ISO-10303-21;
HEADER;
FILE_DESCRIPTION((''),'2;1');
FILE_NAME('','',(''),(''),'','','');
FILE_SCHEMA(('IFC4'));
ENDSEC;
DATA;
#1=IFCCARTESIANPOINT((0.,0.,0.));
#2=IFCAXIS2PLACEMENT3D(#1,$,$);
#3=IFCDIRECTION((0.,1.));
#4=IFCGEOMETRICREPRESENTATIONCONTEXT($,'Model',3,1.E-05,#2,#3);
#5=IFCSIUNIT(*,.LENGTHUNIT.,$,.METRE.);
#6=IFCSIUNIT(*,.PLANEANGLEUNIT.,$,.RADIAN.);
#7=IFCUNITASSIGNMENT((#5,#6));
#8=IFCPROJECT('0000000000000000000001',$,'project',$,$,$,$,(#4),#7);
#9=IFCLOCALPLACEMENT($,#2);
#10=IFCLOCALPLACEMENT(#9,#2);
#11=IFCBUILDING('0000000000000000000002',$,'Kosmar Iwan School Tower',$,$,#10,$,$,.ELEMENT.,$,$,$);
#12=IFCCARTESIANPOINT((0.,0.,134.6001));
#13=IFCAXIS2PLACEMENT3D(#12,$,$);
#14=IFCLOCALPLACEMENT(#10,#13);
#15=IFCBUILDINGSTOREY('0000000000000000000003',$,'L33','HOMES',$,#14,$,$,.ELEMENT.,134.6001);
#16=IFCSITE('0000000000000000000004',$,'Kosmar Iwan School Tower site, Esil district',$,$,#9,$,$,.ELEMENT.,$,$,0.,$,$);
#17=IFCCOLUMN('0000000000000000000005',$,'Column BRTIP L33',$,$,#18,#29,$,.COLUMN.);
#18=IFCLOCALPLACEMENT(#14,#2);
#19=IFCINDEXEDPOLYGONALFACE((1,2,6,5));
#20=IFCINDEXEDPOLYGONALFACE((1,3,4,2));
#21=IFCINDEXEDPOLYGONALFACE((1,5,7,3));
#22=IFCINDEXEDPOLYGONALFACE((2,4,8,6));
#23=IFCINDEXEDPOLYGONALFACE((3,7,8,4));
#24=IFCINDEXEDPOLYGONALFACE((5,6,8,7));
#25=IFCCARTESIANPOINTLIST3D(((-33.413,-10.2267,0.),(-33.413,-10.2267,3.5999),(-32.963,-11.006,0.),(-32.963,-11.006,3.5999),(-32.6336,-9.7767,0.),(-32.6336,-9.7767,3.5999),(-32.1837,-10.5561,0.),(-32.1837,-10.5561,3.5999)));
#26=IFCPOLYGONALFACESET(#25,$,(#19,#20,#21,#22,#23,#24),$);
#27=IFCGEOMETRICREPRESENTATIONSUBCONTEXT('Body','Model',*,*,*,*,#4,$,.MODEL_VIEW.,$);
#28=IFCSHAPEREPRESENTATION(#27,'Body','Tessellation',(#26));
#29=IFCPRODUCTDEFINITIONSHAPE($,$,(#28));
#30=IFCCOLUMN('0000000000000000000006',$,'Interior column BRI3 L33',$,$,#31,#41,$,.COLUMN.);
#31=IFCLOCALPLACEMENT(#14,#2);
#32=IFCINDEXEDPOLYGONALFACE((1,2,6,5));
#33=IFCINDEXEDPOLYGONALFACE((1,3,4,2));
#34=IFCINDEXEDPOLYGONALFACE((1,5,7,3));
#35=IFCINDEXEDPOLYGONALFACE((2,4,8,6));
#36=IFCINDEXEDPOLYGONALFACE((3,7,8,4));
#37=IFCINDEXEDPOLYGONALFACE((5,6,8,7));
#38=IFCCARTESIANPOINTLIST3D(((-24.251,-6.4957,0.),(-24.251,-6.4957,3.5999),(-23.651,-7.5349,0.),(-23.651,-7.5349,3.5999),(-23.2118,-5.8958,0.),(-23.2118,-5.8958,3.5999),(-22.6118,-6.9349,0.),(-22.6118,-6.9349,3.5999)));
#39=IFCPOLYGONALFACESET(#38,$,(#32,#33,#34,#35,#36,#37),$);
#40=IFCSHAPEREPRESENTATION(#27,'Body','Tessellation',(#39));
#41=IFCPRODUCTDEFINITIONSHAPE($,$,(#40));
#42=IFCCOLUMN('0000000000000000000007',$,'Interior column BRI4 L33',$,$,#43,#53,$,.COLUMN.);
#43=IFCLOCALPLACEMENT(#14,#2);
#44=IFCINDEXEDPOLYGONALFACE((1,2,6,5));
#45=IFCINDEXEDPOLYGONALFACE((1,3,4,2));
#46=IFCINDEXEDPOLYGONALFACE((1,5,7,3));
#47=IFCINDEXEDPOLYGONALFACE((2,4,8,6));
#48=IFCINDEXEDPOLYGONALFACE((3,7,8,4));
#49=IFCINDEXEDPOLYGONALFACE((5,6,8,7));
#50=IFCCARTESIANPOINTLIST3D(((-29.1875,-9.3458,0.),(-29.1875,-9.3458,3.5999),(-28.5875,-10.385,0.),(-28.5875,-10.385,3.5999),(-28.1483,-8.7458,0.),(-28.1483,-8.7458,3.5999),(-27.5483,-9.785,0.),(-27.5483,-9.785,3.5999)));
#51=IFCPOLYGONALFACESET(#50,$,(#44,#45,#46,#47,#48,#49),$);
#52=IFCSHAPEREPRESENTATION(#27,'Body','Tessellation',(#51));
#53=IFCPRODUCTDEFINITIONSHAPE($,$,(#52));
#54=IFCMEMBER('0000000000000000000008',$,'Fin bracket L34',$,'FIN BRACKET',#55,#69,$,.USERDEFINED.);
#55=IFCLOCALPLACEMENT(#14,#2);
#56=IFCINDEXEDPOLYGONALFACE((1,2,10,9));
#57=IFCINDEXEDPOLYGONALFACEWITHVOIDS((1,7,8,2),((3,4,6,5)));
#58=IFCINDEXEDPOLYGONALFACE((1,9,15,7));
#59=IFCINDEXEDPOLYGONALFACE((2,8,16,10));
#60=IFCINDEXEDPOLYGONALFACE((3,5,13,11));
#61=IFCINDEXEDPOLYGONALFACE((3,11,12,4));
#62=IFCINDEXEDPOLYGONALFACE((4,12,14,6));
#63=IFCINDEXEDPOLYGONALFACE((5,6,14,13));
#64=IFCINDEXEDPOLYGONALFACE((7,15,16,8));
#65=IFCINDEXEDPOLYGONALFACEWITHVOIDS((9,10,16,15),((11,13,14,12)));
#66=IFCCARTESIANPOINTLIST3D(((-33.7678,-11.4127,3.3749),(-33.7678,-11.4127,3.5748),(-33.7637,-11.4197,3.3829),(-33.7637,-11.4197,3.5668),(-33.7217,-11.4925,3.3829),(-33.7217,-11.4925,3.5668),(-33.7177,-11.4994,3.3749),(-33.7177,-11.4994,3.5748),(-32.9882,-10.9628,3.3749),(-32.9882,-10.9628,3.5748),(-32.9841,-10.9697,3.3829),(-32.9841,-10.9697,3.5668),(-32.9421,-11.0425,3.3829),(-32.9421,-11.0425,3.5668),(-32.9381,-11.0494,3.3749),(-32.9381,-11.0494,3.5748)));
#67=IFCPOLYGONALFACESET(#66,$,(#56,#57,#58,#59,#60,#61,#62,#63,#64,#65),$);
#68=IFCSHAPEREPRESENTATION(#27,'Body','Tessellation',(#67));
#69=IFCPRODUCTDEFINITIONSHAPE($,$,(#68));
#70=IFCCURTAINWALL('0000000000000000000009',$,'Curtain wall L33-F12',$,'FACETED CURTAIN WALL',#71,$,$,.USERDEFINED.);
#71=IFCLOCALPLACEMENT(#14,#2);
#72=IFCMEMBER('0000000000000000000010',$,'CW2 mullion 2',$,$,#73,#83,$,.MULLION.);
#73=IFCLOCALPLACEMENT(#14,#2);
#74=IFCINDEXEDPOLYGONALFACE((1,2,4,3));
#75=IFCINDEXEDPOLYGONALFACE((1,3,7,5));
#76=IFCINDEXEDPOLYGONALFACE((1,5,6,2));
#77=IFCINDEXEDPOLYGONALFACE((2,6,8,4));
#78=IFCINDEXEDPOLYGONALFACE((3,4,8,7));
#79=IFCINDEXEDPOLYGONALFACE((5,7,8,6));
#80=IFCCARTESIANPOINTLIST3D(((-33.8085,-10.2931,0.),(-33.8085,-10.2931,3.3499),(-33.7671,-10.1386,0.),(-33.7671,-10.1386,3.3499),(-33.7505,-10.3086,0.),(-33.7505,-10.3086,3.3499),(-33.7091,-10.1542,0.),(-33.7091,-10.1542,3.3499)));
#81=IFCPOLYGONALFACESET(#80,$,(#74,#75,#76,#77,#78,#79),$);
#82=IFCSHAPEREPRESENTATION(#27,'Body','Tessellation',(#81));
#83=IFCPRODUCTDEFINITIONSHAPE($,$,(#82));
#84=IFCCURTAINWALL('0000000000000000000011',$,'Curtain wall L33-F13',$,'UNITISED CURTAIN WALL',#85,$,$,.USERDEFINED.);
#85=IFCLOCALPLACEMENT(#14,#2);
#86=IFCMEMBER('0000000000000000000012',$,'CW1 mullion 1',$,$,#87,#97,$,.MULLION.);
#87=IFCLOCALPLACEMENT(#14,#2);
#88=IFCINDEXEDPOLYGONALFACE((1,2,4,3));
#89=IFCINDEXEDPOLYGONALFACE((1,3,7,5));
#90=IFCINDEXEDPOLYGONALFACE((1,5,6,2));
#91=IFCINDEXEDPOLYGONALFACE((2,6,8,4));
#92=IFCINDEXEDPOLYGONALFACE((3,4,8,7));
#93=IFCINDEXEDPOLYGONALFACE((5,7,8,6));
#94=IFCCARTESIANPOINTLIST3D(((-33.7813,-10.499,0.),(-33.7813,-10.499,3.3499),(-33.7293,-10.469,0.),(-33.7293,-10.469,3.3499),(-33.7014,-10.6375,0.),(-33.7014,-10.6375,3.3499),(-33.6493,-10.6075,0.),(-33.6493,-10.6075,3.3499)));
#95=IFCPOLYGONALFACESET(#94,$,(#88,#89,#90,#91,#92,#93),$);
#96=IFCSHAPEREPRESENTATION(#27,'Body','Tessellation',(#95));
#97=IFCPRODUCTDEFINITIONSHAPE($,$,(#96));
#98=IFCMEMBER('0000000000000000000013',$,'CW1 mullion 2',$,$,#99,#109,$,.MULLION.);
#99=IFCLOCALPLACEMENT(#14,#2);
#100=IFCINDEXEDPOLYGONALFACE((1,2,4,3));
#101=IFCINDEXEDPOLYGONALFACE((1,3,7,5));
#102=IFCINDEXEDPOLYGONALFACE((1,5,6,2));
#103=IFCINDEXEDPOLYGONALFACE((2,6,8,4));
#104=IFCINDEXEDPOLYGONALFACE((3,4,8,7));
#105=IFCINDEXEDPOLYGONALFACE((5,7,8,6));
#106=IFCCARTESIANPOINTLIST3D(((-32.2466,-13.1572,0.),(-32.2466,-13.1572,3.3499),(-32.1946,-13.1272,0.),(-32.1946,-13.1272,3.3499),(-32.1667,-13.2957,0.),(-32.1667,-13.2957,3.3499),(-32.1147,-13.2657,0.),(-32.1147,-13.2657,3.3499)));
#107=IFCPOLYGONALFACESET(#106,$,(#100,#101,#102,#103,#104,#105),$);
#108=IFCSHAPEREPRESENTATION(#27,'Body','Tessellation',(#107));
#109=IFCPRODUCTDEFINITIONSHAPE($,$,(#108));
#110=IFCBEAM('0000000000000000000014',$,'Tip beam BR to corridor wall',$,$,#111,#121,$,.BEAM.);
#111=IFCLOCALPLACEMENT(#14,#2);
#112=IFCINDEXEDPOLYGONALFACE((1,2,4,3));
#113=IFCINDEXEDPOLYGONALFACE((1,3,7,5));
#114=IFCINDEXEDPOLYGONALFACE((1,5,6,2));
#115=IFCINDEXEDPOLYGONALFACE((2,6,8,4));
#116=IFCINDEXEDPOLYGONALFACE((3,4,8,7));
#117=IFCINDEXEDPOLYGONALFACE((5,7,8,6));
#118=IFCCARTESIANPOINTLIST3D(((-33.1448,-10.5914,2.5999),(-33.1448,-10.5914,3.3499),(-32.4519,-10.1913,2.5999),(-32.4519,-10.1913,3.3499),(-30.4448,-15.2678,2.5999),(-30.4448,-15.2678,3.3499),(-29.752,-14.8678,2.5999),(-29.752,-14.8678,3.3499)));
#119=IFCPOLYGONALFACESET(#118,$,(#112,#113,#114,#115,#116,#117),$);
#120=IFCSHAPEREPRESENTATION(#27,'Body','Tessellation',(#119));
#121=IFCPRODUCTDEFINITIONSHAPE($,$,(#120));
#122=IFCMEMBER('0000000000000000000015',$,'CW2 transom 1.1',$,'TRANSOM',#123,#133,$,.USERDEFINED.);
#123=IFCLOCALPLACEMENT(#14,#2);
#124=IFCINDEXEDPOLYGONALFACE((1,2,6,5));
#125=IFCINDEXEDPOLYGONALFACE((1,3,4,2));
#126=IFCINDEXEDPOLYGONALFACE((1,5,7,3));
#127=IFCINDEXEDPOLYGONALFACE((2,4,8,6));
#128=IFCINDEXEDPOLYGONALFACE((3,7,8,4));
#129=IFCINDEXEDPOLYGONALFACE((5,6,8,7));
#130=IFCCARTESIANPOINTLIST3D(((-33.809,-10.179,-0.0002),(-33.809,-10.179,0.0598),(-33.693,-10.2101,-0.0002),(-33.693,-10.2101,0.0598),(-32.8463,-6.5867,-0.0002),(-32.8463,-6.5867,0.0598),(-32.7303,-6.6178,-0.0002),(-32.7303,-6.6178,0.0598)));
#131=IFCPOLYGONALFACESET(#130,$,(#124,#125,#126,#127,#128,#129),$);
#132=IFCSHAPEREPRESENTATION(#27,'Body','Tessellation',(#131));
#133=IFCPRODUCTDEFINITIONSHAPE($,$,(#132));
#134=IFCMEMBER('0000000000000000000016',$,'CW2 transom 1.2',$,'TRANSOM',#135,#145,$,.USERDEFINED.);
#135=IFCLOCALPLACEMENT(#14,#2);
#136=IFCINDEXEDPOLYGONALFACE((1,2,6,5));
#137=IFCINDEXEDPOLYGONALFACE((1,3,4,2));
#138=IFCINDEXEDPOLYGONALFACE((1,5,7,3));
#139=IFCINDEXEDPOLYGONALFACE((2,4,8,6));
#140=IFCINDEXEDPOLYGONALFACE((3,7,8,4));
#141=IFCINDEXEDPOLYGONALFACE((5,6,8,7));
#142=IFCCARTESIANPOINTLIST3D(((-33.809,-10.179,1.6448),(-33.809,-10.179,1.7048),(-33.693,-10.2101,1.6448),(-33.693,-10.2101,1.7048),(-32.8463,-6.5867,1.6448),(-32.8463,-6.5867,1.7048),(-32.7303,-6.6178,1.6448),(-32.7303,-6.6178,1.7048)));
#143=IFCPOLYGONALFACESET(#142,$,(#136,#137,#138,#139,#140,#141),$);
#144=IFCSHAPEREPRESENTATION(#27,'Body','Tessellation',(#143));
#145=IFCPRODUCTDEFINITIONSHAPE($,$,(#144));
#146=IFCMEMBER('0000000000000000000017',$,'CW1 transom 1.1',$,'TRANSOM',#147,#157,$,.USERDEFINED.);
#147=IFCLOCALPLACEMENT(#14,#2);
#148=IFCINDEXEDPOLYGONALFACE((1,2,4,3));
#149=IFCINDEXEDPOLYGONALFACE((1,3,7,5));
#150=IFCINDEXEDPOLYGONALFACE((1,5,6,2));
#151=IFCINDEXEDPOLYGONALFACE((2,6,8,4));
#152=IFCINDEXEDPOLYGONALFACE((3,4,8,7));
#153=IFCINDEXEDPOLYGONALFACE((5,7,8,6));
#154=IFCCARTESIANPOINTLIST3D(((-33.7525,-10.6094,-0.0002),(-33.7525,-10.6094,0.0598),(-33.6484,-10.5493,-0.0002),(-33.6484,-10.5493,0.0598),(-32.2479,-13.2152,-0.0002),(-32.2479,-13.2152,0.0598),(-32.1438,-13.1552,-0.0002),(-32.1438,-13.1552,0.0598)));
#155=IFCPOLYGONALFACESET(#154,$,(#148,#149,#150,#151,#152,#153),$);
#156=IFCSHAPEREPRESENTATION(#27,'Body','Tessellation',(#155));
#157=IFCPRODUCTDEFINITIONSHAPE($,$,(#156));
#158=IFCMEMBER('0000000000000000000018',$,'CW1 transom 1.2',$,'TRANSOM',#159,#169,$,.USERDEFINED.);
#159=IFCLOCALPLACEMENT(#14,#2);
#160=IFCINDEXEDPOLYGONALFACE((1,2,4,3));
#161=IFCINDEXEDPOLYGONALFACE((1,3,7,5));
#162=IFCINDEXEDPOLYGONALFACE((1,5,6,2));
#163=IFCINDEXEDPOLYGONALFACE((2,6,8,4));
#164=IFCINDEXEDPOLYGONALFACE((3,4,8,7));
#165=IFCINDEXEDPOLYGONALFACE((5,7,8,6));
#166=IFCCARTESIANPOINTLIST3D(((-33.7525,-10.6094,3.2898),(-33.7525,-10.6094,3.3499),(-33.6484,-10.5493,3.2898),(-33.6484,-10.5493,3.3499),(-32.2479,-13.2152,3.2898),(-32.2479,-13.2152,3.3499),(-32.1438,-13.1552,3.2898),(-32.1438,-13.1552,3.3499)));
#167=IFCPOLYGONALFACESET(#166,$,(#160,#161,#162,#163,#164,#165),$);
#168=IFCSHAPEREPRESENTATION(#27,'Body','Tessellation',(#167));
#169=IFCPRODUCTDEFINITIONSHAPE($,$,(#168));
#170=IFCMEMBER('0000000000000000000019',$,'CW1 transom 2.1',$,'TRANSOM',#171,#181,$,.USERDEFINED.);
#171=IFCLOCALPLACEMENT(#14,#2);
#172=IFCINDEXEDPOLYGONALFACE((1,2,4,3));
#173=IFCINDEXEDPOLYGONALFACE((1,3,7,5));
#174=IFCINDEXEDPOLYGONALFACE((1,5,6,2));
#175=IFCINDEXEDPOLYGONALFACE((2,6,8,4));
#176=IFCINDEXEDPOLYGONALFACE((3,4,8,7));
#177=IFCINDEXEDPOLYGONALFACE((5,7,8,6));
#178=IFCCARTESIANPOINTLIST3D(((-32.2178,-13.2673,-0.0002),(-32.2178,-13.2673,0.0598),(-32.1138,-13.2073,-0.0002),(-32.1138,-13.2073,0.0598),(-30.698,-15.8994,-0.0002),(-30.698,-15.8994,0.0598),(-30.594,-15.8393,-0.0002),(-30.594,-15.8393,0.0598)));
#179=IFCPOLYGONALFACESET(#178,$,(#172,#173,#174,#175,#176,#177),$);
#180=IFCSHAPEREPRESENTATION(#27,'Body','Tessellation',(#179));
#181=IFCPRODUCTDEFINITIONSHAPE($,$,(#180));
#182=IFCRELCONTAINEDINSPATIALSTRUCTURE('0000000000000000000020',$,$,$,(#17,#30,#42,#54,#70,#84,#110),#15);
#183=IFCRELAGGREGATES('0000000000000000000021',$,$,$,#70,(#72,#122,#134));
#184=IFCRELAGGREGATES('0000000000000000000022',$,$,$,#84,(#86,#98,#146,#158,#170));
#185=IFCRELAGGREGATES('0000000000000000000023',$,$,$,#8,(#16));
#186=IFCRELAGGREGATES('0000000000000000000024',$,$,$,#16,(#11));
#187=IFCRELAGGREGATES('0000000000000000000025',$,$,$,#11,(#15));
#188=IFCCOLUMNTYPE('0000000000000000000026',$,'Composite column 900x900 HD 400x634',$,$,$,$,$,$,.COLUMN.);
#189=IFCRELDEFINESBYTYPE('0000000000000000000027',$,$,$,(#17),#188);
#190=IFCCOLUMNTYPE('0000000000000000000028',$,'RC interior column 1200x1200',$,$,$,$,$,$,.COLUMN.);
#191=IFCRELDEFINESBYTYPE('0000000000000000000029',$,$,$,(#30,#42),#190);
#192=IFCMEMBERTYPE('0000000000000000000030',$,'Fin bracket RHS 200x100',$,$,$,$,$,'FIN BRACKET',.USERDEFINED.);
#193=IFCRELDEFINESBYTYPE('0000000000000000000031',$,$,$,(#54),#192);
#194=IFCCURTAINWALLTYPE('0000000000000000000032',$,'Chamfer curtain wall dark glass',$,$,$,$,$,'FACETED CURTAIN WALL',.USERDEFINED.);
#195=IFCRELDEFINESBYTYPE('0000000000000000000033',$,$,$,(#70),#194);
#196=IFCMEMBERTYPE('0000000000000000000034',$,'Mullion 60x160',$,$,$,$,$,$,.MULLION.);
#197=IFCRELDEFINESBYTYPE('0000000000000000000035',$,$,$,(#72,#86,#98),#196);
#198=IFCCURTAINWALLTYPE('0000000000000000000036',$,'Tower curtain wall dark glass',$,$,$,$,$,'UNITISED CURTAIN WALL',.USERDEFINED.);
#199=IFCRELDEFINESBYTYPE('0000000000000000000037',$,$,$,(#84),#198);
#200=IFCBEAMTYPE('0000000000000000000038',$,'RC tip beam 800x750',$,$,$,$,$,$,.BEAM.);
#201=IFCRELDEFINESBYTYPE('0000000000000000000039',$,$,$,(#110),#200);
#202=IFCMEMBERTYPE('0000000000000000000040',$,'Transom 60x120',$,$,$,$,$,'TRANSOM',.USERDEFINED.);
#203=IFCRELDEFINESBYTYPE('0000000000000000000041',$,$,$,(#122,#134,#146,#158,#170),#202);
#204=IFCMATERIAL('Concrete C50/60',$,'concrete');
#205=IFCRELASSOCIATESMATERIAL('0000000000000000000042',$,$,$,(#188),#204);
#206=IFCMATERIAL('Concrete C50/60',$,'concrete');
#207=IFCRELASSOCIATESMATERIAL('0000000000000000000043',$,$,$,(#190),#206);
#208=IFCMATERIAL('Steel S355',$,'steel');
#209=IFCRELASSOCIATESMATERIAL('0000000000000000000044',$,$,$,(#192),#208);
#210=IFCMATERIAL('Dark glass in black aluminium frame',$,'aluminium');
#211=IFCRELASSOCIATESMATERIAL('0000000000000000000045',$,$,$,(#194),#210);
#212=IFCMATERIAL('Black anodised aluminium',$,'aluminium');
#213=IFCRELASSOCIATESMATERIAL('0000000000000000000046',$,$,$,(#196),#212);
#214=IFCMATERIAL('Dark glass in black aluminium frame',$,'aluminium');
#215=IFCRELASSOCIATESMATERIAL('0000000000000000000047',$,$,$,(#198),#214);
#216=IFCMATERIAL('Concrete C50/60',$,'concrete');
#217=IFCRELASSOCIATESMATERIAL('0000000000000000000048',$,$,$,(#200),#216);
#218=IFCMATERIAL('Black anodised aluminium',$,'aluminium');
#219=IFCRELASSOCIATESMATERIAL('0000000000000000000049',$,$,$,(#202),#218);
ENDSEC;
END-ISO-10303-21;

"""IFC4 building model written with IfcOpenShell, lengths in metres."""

from ifc_helpers import new_model, si_unit, direction, frame, origin, origin_2d, place, context, subcontext, project, spatial, rectangle, hollow_rectangle, extrude, material, material_profile, profile_set, type_object, element, aggregate, save


model = new_model("IFC4")

# Units and contexts
model_context = context("Model", 3, precision=1e-05, world=origin(), true_north=direction((0.0, 1.0)))
body_context = subcontext(model_context, "Body", "Model", "MODEL_VIEW")
ifc_project = project(units=[si_unit("LENGTHUNIT", "METRE"), si_unit("PLANEANGLEUNIT", "RADIAN")], contexts=[model_context])

# Site, building, storey
site_placement = place(None, origin())
site = spatial("IfcSite", under=ifc_project, at=site_placement, Name="Kosmar Iwan School Tower site, Esil district", CompositionType="ELEMENT", RefElevation=0.0)
building_placement = place(site_placement, origin())
building = spatial("IfcBuilding", under=site, at=building_placement, Name="Kosmar Iwan School Tower", CompositionType="ELEMENT")
storey_placement = place(building_placement, frame((0.0, 0.0, 134.6001)))
storey = spatial("IfcBuildingStorey", under=building, at=storey_placement, Name="L33", Description="HOMES", CompositionType="ELEMENT", Elevation=134.6001)

# Columns
ifc_material_1 = material(Name="Concrete C50/60", Category="concrete")
ifc_material_profile_1 = material_profile(ifc_material_1, rectangle(XDim=0.8999, YDim=0.8999, at=origin_2d()), Name="RC 900x900 + HD 400x634")
ifc_profile_set_1 = profile_set([ifc_material_profile_1], Name="Concrete C50/60")
column_type_1 = type_object("IfcColumnType", Name="Composite column 900x900 HD 400x634", PredefinedType="COLUMN", material=ifc_profile_set_1)
column_placement = place(storey_placement, frame((-32.7983, -10.3914, 0.0), z_axis=(0.0, 0.0, 1.0), x_axis=(-0.866025, -0.5, 0.0)))
element("IfcColumn", 1, at=column_placement, inside=storey, type_object=column_type_1, Name="Column BRTIP L33", PredefinedType="COLUMN", context=body_context, shape_type="SweptSolid", body=[
    extrude(rectangle(XDim=0.8999, YDim=0.8999, at=origin_2d()), origin(), (0.0, 0.0, 1.0), 3.5999),
])
ifc_material_2 = material(Name="Concrete C50/60", Category="concrete")
ifc_material_profile_2 = material_profile(ifc_material_2, rectangle(XDim=1.2, YDim=1.2, at=origin_2d()), Name="RC 1200x1200")
ifc_profile_set_2 = profile_set([ifc_material_profile_2], Name="Concrete C50/60")
column_type_2 = type_object("IfcColumnType", Name="RC interior column 1200x1200", PredefinedType="COLUMN", material=ifc_profile_set_2)
for number, where, z_axis, x_axis, name in (
    (2, (-23.4314, -6.7153, 0.0), (0.0, 0.0, 1.0), (-0.866025, -0.5, 0.0), "Interior column BRI3 L33"),
    (3, (-28.3679, -9.5654, 0.0), (0.0, 0.0, 1.0), (-0.866025, -0.5, 0.0), "Interior column BRI4 L33"),
):
    element("IfcColumn", number, at=place(storey_placement, frame(where, z_axis=z_axis, x_axis=x_axis)), inside=storey, type_object=column_type_2, Name=name, PredefinedType="COLUMN", context=body_context, shape_type="SweptSolid", body=[
        extrude(rectangle(XDim=1.2, YDim=1.2, at=origin_2d()), origin(), (0.0, 0.0, 1.0), 3.5999),
    ])

# Member
ifc_material_3 = material(Name="Steel S355", Category="steel")
ifc_material_profile_3 = material_profile(ifc_material_3, hollow_rectangle(XDim=0.1001, YDim=0.2, WallThickness=0.0081, at=origin_2d()), Name="RHS 200x100x8")
ifc_profile_set_3 = profile_set([ifc_material_profile_3], Name="Steel S355")
member_type_1 = type_object("IfcMemberType", Name="Fin bracket RHS 200x100", ElementType="FIN BRACKET", PredefinedType="USERDEFINED", material=ifc_profile_set_3)
member_1_placement = place(storey_placement, frame((-32.9631, -11.0061, 3.4749), z_axis=(-0.866082, -0.499902, 0.0), x_axis=(0.499902, -0.866082, 0.0)))
element("IfcMember", 4, at=member_1_placement, inside=storey, type_object=member_type_1, Name="Fin bracket L34", ObjectType="FIN BRACKET", PredefinedType="USERDEFINED", context=body_context, shape_type="SweptSolid", body=[
    extrude(hollow_rectangle(XDim=0.1001, YDim=0.2, WallThickness=0.0081, at=origin_2d()), origin(), (0.0, 0.0, 1.0), 0.9001),
])

# Curtain wall, member
ifc_material_4 = material(Name="Dark glass in black aluminium frame", Category="aluminium")
curtain_wall_type_1 = type_object("IfcCurtainWallType", Name="Chamfer curtain wall dark glass", ElementType="FACETED CURTAIN WALL", PredefinedType="USERDEFINED", material=ifc_material_4)
curtain_wall_1_placement = place(storey_placement, origin())
curtain_wall_1 = element("IfcCurtainWall", 5, at=curtain_wall_1_placement, inside=storey, type_object=curtain_wall_type_1, Name="Curtain wall L33-F12", ObjectType="FACETED CURTAIN WALL", PredefinedType="USERDEFINED")
ifc_material_5 = material(Name="Black anodised aluminium", Category="aluminium")
ifc_material_profile_4 = material_profile(ifc_material_5, rectangle(XDim=0.0601, YDim=0.1599, at=origin_2d()), Name="MULLION 60x160")
ifc_profile_set_4 = profile_set([ifc_material_profile_4], Name="Black anodised aluminium")
member_type_2 = type_object("IfcMemberType", Name="Mullion 60x160", PredefinedType="MULLION", material=ifc_profile_set_4)
member_2_placement = place(storey_placement, frame((-33.7588, -10.2236, 0.0), z_axis=(0.0, 0.0, 1.0), x_axis=(0.965926, -0.258819, 0.0)))
member_2 = element("IfcMember", 6, at=member_2_placement, type_object=member_type_2, Name="CW2 mullion 2", PredefinedType="MULLION", context=body_context, shape_type="SweptSolid", body=[
    extrude(rectangle(XDim=0.0601, YDim=0.1599, at=origin_2d()), origin(), (0.0, 0.0, 1.0), 3.3499),
])

# Curtain wall, members
ifc_material_6 = material(Name="Dark glass in black aluminium frame", Category="aluminium")
curtain_wall_type_2 = type_object("IfcCurtainWallType", Name="Tower curtain wall dark glass", ElementType="UNITISED CURTAIN WALL", PredefinedType="USERDEFINED", material=ifc_material_6)
curtain_wall_2_placement = place(storey_placement, origin())
curtain_wall_2 = element("IfcCurtainWall", 7, at=curtain_wall_2_placement, inside=storey, type_object=curtain_wall_type_2, Name="Curtain wall L33-F13", ObjectType="UNITISED CURTAIN WALL", PredefinedType="USERDEFINED")
member_3_placement = place(storey_placement, frame((-33.7153, -10.5532, 0.0), z_axis=(0.0, 0.0, 1.0), x_axis=(0.866025, 0.5, 0.0)))
member_3 = element("IfcMember", 8, at=member_3_placement, type_object=member_type_2, Name="CW1 mullion 1", PredefinedType="MULLION", context=body_context, shape_type="SweptSolid", body=[
    extrude(rectangle(XDim=0.0601, YDim=0.1599, at=origin_2d()), origin(), (0.0, 0.0, 1.0), 3.3499),
])
member_4_placement = place(storey_placement, frame((-32.1807, -13.2114, 0.0), z_axis=(0.0, 0.0, 1.0), x_axis=(0.866025, 0.5, 0.0)))
member_4 = element("IfcMember", 9, at=member_4_placement, type_object=member_type_2, Name="CW1 mullion 2", PredefinedType="MULLION", context=body_context, shape_type="SweptSolid", body=[
    extrude(rectangle(XDim=0.0601, YDim=0.1599, at=origin_2d()), origin(), (0.0, 0.0, 1.0), 3.3499),
])

# Beam
ifc_material_7 = material(Name="Concrete C50/60", Category="concrete")
ifc_material_profile_5 = material_profile(ifc_material_7, rectangle(XDim=0.8, YDim=0.75, at=origin_2d()), Name="RC 800x750")
ifc_profile_set_5 = profile_set([ifc_material_profile_5], Name="Concrete C50/60")
beam_type = type_object("IfcBeamType", Name="RC tip beam 800x750", PredefinedType="BEAM", material=ifc_profile_set_5)
beam_placement = place(storey_placement, frame((-32.7983, -10.3914, 2.9749), z_axis=(0.499995, -0.866028, 0.0), x_axis=(0.866028, 0.499995, 0.0)))
element("IfcBeam", 10, at=beam_placement, inside=storey, type_object=beam_type, Name="Tip beam BR to corridor wall", PredefinedType="BEAM", context=body_context, shape_type="SweptSolid", body=[
    extrude(rectangle(XDim=0.8, YDim=0.75, at=origin_2d()), origin(), (0.0, 0.0, 1.0), 5.3999),
])

# Members
ifc_material_8 = material(Name="Black anodised aluminium", Category="aluminium")
ifc_material_profile_6 = material_profile(ifc_material_8, rectangle(XDim=0.1201, YDim=0.0601, at=origin_2d()), Name="TRANSOM 60x120")
ifc_profile_set_6 = profile_set([ifc_material_profile_6], Name="Black anodised aluminium")
member_type_3 = type_object("IfcMemberType", Name="Transom 60x120", ElementType="TRANSOM", PredefinedType="USERDEFINED", material=ifc_profile_set_6)
member_5_placement = place(storey_placement, frame((-32.7883, -6.6023, 0.0298), z_axis=(-0.258843, -0.965919, 0.0), x_axis=(0.965919, -0.258843, 0.0)))
member_5 = element("IfcMember", 11, at=member_5_placement, type_object=member_type_3, Name="CW2 transom 1.1", ObjectType="TRANSOM", PredefinedType="USERDEFINED", context=body_context, shape_type="SweptSolid", body=[
    extrude(rectangle(XDim=0.1201, YDim=0.0601, at=origin_2d()), origin(), (0.0, 0.0, 1.0), 3.719),
])
member_6_placement = place(storey_placement, frame((-32.7883, -6.6023, 1.6748), z_axis=(-0.258843, -0.965919, 0.0), x_axis=(0.965919, -0.258843, 0.0)))
member_6 = element("IfcMember", 12, at=member_6_placement, type_object=member_type_3, Name="CW2 transom 1.2", ObjectType="TRANSOM", PredefinedType="USERDEFINED", context=body_context, shape_type="SweptSolid", body=[
    extrude(rectangle(XDim=0.1201, YDim=0.0601, at=origin_2d()), origin(), (0.0, 0.0, 1.0), 3.719),
])
member_7_placement = place(storey_placement, frame((-33.7004, -10.5793, 0.0298), z_axis=(0.500022, -0.866013, 0.0), x_axis=(0.866013, 0.500022, 0.0)))
member_7 = element("IfcMember", 13, at=member_7_placement, type_object=member_type_3, Name="CW1 transom 1.1", ObjectType="TRANSOM", PredefinedType="USERDEFINED", context=body_context, shape_type="SweptSolid", body=[
    extrude(rectangle(XDim=0.1201, YDim=0.0601, at=origin_2d()), origin(), (0.0, 0.0, 1.0), 3.009),
])
member_8_placement = place(storey_placement, frame((-33.7004, -10.5793, 3.3198), z_axis=(0.500022, -0.866013, 0.0), x_axis=(0.866013, 0.500022, 0.0)))
member_8 = element("IfcMember", 14, at=member_8_placement, type_object=member_type_3, Name="CW1 transom 1.2", ObjectType="TRANSOM", PredefinedType="USERDEFINED", context=body_context, shape_type="SweptSolid", body=[
    extrude(rectangle(XDim=0.1201, YDim=0.0601, at=origin_2d()), origin(), (0.0, 0.0, 1.0), 3.009),
])
member_9_placement = place(storey_placement, frame((-32.1658, -13.2373, 0.0298), z_axis=(0.500035, -0.866005, 0.0), x_axis=(0.866005, 0.500035, 0.0)))
member_9 = element("IfcMember", 15, at=member_9_placement, type_object=member_type_3, Name="CW1 transom 2.1", ObjectType="TRANSOM", PredefinedType="USERDEFINED", context=body_context, shape_type="SweptSolid", body=[
    extrude(rectangle(XDim=0.1201, YDim=0.0601, at=origin_2d()), origin(), (0.0, 0.0, 1.0), 3.0393),
])

aggregate(curtain_wall_1, [member_2, member_5, member_6])
aggregate(curtain_wall_2, [member_3, member_4, member_7, member_8, member_9])

save(model, "model.ifc")
